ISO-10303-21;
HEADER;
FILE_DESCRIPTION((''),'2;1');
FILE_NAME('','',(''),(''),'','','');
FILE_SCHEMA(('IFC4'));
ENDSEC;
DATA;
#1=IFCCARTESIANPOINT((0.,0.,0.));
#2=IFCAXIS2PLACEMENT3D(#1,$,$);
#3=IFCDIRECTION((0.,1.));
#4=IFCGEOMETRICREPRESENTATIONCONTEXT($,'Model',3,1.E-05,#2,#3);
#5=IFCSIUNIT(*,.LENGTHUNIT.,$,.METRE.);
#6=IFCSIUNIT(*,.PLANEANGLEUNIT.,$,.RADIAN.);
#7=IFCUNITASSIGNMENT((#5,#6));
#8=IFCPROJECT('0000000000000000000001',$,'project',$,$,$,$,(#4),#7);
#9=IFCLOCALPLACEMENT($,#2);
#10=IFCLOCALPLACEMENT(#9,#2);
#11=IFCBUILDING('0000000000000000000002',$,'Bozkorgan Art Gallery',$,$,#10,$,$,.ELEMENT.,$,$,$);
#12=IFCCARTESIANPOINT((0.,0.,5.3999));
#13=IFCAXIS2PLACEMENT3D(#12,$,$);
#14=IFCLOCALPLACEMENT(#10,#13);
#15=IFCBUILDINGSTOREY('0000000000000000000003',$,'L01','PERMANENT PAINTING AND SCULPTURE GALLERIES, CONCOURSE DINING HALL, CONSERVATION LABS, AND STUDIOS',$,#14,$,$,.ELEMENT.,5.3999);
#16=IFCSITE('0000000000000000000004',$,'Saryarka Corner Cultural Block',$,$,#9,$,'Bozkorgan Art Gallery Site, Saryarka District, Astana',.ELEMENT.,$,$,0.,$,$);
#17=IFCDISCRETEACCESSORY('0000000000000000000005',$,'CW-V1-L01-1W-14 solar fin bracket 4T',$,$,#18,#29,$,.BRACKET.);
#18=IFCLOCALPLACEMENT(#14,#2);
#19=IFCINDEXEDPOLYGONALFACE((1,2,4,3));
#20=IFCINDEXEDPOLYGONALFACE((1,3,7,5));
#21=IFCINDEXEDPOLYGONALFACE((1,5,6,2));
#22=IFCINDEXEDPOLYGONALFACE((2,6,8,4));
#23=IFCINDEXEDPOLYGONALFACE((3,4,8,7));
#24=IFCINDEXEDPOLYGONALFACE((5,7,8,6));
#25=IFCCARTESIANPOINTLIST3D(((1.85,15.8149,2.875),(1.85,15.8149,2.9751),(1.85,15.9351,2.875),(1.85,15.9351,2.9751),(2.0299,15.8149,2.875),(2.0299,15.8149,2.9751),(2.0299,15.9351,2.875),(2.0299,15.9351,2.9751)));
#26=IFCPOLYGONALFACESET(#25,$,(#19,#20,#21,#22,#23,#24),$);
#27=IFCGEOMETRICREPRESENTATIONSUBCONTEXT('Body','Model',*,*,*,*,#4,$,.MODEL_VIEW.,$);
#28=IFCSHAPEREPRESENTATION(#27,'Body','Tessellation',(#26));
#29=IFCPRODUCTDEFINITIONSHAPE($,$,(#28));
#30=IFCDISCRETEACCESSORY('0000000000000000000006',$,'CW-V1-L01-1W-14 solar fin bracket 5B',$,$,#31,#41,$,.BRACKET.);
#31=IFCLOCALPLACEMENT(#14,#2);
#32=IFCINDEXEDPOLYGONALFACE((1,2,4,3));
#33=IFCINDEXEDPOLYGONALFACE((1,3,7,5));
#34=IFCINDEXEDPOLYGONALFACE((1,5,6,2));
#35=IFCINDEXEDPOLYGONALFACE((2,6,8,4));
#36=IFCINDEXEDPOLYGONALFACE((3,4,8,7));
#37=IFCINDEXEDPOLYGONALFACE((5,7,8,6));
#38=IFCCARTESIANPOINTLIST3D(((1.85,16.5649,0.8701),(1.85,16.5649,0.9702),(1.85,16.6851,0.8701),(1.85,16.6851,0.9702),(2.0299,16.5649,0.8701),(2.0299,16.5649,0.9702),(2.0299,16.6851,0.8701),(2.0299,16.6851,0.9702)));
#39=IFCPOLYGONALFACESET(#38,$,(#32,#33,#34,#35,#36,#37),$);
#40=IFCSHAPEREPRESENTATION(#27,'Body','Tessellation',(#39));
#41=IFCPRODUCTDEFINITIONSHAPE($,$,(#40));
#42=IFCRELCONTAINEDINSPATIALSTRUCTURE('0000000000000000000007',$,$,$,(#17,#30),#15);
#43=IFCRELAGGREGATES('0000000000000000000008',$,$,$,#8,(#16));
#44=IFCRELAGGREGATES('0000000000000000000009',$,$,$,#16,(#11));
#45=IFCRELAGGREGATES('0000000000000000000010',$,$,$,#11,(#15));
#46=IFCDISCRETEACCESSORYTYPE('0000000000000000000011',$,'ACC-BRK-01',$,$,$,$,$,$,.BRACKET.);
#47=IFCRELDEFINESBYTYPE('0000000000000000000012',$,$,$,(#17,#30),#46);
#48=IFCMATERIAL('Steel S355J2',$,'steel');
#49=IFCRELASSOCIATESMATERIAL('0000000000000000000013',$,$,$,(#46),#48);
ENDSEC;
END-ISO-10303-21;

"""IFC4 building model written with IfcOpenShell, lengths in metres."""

from ifc_helpers import new_model, si_unit, direction, frame, origin, origin_2d, place, context, subcontext, project, spatial, rectangle, extrude, material, type_object, element, save


model = new_model("IFC4")

# Units and contexts
model_context = context("Model", 3, precision=1e-05, world=origin(), true_north=direction((0.0, 1.0)))
body_context = subcontext(model_context, "Body", "Model", "MODEL_VIEW")
ifc_project = project(units=[si_unit("LENGTHUNIT", "METRE"), si_unit("PLANEANGLEUNIT", "RADIAN")], contexts=[model_context])

# Site, building, storey
site_placement = place(None, origin())
site = spatial("IfcSite", under=ifc_project, at=site_placement, Name="Saryarka Corner Cultural Block", LongName="Bozkorgan Art Gallery Site, Saryarka District, Astana", CompositionType="ELEMENT", RefElevation=0.0)
building_placement = place(site_placement, origin())
building = spatial("IfcBuilding", under=site, at=building_placement, Name="Bozkorgan Art Gallery", CompositionType="ELEMENT")
storey_placement = place(building_placement, frame((0.0, 0.0, 5.3999)))
storey = spatial("IfcBuildingStorey", under=building, at=storey_placement, Name="L01", Description="PERMANENT PAINTING AND SCULPTURE GALLERIES, CONCOURSE DINING HALL, CONSERVATION LABS, AND STUDIOS", CompositionType="ELEMENT", Elevation=5.3999)

# Discrete accessories
ifc_material_1 = material(Name="Steel S355J2", Category="steel")
discrete_accessory_type = type_object("IfcDiscreteAccessoryType", Name="ACC-BRK-01", PredefinedType="BRACKET", material=ifc_material_1)
for number, where, z_axis, x_axis, name in (
    (1, (1.9399, 15.875, 2.875), (0.0, 0.0, 1.0), (-1.0, 0.0, 0.0), "CW-V1-L01-1W-14 solar fin bracket 4T"),
    (2, (1.9399, 16.625, 0.8701), (0.0, 0.0, 1.0), (-1.0, 0.0, 0.0), "CW-V1-L01-1W-14 solar fin bracket 5B"),
):
    element("IfcDiscreteAccessory", number, at=place(storey_placement, frame(where, z_axis=z_axis, x_axis=x_axis)), inside=storey, type_object=discrete_accessory_type, Name=name, PredefinedType="BRACKET", context=body_context, shape_type="SweptSolid", body=[
        extrude(rectangle(XDim=0.1799, YDim=0.1201, at=origin_2d()), origin(), (0.0, 0.0, 1.0), 0.1001),
    ])

save(model, "model.ifc")
